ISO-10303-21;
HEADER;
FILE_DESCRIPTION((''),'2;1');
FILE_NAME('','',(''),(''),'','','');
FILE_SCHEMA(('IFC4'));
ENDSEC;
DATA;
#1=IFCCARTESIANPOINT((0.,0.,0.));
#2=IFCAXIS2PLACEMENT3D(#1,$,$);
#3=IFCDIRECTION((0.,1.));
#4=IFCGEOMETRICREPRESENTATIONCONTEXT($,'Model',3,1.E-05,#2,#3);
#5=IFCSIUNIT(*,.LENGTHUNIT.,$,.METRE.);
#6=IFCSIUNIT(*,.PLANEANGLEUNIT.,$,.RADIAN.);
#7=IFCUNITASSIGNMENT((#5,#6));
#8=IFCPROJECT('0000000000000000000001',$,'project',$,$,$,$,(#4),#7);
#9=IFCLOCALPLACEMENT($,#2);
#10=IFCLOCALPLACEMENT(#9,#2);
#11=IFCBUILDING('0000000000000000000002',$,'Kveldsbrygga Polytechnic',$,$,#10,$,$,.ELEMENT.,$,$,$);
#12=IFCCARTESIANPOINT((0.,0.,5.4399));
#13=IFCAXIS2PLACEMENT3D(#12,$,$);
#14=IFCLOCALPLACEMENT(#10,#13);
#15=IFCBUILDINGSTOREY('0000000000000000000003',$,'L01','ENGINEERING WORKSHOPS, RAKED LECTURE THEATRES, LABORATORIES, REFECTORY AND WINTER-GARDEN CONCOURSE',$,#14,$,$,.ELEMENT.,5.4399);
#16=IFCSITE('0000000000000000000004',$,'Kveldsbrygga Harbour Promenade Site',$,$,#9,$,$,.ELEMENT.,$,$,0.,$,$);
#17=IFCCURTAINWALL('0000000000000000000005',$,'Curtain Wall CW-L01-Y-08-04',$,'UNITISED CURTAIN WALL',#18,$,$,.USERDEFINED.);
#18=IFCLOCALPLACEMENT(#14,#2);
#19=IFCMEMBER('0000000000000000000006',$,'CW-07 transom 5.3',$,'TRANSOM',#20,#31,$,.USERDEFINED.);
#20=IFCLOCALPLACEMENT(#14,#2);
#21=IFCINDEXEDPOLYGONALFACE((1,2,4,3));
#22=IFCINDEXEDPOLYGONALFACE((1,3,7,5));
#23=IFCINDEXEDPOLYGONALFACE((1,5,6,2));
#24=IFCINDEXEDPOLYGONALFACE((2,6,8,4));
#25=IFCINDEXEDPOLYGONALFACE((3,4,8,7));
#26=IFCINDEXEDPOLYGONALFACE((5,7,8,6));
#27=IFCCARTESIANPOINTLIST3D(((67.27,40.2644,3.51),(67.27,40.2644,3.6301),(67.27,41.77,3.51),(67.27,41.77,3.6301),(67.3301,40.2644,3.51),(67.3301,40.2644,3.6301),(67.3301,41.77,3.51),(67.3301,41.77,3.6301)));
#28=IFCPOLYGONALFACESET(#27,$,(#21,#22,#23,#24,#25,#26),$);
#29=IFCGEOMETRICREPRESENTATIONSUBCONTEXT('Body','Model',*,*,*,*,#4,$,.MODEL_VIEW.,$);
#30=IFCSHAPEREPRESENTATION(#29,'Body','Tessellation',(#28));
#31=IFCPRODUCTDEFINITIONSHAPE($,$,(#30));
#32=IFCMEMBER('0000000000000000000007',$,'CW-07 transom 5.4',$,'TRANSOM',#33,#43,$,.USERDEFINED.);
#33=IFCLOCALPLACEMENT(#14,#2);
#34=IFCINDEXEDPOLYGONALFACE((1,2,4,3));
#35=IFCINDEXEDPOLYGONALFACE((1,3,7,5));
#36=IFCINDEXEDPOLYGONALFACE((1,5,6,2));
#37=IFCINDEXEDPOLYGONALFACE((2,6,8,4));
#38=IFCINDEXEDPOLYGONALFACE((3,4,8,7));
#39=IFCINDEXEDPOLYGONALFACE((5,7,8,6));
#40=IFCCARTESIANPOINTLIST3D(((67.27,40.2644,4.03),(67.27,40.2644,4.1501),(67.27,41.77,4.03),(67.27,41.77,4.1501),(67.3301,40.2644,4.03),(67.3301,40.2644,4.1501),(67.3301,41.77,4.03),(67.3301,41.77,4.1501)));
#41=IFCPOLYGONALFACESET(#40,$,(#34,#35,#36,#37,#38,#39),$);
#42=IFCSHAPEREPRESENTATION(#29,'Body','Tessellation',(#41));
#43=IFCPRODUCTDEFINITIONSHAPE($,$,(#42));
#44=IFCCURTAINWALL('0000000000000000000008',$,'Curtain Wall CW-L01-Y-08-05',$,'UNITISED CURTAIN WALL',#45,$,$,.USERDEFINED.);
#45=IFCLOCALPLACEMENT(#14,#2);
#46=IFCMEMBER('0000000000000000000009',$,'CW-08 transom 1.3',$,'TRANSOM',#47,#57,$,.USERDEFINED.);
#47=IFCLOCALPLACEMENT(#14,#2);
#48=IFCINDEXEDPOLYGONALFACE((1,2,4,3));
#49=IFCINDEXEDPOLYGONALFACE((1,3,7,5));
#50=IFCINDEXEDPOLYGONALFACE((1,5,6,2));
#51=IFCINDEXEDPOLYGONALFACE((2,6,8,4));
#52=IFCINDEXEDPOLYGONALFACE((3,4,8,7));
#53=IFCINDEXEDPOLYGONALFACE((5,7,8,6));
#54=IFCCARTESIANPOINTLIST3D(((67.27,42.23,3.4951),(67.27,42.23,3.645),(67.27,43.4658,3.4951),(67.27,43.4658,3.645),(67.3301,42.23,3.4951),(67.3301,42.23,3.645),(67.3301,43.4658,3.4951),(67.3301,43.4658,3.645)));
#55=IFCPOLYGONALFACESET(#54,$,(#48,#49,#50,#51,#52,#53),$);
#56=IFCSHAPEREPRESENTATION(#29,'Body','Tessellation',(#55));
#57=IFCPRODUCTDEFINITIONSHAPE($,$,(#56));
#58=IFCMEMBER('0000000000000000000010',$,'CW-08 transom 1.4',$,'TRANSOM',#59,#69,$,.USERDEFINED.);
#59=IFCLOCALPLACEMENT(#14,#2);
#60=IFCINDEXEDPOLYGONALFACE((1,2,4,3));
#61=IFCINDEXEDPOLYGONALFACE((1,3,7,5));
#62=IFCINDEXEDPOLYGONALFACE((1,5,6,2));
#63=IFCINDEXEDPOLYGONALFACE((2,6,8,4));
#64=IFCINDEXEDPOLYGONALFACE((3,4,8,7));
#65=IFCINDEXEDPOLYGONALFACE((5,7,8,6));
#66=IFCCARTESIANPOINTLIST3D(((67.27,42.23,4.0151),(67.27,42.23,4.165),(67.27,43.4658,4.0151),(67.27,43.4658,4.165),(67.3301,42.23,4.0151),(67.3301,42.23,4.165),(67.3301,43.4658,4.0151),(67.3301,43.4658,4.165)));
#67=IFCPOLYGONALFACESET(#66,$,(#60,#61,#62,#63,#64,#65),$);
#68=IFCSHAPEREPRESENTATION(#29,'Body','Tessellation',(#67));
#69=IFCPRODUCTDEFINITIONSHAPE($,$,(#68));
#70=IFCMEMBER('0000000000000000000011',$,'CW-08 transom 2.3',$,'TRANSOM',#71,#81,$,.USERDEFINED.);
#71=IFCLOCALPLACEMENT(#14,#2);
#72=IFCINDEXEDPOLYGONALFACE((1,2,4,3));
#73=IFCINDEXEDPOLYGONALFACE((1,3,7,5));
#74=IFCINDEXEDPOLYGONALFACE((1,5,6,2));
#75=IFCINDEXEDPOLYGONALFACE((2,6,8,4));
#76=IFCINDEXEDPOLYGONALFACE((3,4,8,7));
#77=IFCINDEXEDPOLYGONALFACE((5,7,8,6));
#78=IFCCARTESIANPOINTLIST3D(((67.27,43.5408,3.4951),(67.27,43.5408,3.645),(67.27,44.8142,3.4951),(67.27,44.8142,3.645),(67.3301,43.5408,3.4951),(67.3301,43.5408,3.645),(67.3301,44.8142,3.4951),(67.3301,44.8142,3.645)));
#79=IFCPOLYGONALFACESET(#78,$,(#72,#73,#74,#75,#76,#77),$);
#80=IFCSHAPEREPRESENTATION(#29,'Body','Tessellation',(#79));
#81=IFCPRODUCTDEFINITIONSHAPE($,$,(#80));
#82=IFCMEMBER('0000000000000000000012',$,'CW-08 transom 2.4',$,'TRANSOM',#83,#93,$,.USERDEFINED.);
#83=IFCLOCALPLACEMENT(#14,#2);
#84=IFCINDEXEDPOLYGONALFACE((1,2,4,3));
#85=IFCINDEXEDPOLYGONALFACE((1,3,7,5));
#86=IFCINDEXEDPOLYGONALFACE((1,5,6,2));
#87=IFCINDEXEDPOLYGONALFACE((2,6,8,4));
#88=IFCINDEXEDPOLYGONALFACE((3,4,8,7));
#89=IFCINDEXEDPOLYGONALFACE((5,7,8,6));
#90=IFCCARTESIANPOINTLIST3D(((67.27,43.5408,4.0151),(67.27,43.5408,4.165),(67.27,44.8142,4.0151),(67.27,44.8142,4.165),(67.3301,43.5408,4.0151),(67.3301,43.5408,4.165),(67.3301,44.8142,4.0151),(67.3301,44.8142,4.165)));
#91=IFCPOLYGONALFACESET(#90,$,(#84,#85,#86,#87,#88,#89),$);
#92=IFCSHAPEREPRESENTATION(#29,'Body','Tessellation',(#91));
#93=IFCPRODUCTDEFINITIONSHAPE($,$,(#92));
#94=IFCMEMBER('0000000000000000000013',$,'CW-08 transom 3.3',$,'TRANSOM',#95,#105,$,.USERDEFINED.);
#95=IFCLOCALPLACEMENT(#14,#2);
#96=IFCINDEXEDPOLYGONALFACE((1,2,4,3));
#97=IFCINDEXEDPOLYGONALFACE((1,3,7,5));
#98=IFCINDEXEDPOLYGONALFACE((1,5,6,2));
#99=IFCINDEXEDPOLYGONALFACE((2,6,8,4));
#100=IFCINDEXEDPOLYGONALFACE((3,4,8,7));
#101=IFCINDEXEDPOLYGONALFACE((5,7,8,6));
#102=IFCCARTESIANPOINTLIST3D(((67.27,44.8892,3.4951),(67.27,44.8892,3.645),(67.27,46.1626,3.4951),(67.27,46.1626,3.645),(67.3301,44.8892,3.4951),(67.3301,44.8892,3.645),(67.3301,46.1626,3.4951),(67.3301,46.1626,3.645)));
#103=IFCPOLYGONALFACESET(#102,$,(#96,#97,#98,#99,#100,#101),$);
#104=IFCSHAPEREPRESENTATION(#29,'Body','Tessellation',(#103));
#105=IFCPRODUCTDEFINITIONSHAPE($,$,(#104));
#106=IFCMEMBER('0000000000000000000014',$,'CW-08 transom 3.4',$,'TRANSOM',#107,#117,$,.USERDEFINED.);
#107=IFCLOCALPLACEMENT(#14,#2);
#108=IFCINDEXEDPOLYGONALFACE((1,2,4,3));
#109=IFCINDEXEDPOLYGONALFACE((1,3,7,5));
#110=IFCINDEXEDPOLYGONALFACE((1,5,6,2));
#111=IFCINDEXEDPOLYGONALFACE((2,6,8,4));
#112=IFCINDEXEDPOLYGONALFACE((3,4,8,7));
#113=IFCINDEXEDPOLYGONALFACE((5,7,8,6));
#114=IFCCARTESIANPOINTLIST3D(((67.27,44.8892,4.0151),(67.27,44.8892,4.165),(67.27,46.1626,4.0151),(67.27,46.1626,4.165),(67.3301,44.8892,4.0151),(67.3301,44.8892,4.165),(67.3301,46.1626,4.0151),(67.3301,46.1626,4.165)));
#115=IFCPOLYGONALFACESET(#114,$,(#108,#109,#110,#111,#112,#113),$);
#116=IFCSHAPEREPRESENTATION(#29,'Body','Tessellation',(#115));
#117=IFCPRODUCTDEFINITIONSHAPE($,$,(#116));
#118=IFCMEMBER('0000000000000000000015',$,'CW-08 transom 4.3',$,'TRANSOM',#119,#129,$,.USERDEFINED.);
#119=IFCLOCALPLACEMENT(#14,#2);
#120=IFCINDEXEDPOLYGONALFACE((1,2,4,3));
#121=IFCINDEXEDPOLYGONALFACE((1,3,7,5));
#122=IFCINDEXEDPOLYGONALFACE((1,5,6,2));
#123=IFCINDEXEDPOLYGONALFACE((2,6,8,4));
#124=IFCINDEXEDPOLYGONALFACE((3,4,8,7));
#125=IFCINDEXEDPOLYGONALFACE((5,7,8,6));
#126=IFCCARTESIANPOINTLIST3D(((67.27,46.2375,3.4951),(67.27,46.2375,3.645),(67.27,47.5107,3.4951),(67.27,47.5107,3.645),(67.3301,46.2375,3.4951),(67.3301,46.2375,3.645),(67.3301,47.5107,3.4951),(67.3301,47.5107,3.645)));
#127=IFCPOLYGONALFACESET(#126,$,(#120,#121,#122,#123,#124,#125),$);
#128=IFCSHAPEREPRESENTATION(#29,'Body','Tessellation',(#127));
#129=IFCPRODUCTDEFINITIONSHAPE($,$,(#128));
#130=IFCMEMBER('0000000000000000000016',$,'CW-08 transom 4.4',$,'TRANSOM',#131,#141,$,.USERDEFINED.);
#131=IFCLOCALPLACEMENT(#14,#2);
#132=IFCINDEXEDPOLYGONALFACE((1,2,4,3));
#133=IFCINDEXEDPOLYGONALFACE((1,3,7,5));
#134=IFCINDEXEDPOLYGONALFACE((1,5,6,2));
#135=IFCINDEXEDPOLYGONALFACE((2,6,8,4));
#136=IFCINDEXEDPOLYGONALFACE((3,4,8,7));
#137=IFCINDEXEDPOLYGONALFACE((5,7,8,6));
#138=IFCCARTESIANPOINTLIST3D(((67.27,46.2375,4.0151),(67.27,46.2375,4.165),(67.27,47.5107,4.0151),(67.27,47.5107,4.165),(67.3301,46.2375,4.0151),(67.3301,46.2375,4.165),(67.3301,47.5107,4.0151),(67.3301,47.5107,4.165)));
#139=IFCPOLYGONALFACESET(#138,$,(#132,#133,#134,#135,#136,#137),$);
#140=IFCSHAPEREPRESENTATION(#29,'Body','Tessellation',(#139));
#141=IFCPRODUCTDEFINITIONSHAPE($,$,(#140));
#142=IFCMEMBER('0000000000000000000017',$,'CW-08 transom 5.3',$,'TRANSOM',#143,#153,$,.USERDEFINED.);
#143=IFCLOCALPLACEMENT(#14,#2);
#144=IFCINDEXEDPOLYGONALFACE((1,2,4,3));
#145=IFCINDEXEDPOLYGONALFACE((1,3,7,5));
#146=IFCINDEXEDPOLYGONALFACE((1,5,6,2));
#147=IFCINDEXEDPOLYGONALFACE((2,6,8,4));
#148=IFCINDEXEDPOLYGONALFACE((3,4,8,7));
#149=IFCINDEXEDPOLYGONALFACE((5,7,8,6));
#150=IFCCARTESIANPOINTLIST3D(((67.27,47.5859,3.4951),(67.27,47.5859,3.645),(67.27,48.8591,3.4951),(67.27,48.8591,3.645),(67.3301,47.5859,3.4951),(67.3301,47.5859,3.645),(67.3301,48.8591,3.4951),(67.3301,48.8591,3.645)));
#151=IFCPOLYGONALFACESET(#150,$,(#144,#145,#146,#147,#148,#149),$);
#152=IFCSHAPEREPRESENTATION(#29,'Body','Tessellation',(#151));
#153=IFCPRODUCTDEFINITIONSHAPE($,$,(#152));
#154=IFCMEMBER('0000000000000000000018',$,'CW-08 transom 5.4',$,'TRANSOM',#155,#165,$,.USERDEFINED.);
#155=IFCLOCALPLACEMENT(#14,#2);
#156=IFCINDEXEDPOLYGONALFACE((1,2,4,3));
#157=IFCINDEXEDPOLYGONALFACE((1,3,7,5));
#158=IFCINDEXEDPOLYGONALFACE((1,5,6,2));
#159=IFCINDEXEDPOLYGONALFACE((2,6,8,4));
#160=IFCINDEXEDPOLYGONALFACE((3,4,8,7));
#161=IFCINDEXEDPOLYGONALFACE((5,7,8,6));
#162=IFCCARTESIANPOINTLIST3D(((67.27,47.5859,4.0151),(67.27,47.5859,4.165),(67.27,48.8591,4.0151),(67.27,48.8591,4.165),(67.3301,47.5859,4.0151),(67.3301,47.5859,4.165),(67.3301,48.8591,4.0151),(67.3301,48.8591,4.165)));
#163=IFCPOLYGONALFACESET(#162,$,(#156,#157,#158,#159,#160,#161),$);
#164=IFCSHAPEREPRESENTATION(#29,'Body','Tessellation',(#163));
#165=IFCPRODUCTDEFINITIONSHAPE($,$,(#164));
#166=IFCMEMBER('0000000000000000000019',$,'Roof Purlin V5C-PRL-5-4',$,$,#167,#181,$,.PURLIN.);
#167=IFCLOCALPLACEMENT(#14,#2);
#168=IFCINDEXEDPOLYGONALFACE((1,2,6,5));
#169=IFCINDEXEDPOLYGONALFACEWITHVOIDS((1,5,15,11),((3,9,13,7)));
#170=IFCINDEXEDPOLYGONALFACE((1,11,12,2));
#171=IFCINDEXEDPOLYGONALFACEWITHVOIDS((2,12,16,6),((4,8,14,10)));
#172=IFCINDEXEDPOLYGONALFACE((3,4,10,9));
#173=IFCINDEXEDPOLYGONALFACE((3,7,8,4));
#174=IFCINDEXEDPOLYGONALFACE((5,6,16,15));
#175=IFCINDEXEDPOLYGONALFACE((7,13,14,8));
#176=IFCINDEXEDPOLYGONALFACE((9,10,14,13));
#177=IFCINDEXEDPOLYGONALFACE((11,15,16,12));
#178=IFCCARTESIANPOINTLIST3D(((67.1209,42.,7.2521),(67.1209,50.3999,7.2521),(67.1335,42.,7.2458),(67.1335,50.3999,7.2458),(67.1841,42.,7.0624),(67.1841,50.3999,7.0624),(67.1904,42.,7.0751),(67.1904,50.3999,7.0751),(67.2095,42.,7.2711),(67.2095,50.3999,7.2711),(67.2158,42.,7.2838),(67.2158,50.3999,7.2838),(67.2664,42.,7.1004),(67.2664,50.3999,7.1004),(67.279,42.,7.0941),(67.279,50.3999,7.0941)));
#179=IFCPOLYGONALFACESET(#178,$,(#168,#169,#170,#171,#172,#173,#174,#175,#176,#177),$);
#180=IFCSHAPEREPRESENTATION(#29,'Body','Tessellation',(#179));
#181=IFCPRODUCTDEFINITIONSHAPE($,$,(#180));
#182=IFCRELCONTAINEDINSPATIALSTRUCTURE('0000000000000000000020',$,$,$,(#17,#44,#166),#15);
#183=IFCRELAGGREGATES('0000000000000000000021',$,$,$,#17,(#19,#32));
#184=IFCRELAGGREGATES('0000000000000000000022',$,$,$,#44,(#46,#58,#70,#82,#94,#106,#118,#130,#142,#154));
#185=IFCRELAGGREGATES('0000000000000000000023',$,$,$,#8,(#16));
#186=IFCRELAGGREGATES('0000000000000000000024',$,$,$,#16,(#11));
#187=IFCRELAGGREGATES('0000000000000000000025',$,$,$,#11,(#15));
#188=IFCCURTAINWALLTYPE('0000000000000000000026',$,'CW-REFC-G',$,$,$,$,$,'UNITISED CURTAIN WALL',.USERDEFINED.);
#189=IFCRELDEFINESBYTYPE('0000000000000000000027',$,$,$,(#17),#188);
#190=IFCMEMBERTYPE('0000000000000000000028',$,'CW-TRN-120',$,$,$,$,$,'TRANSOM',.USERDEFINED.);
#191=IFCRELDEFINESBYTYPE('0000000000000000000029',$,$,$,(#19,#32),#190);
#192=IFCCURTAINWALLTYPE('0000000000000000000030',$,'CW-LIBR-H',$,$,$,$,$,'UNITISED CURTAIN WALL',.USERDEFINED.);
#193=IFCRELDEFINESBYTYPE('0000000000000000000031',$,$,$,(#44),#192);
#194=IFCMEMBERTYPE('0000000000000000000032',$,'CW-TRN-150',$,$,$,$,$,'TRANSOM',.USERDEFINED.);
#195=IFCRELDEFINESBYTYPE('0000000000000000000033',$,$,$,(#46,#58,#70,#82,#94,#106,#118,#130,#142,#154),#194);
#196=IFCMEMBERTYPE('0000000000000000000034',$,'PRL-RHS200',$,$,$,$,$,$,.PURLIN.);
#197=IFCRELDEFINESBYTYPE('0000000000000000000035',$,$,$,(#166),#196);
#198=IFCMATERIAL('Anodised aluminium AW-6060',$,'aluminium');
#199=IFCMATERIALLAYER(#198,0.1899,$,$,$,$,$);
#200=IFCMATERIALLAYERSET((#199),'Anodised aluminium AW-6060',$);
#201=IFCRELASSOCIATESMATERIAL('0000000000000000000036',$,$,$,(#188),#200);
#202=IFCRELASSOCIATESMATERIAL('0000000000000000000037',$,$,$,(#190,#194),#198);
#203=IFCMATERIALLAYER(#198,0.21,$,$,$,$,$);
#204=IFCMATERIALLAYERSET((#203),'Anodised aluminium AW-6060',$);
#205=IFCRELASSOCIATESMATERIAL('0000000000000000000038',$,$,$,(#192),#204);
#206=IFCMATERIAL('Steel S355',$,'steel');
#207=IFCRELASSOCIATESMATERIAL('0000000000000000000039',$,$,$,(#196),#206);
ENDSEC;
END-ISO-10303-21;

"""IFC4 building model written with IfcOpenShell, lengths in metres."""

from ifc_helpers import new_model, si_unit, direction, frame, origin, origin_2d, place, context, subcontext, project, spatial, rectangle, hollow_rectangle, extrude, material, layer, layer_set, material_profile, profile_set, type_object, element, aggregate, save


model = new_model("IFC4")

# Units and contexts
model_context = context("Model", 3, precision=1e-05, world=origin(), true_north=direction((0.0, 1.0)))
body_context = subcontext(model_context, "Body", "Model", "MODEL_VIEW")
ifc_project = project(units=[si_unit("LENGTHUNIT", "METRE"), si_unit("PLANEANGLEUNIT", "RADIAN")], contexts=[model_context])

# Site, building, storey
site_placement = place(None, origin())
site = spatial("IfcSite", under=ifc_project, at=site_placement, Name="Kveldsbrygga Harbour Promenade Site", CompositionType="ELEMENT", RefElevation=0.0)
building_placement = place(site_placement, origin())
building = spatial("IfcBuilding", under=site, at=building_placement, Name="Kveldsbrygga Polytechnic", CompositionType="ELEMENT")
storey_placement = place(building_placement, frame((0.0, 0.0, 5.4399)))
storey = spatial("IfcBuildingStorey", under=building, at=storey_placement, Name="L01", Description="ENGINEERING WORKSHOPS, RAKED LECTURE THEATRES, LABORATORIES, REFECTORY AND WINTER-GARDEN CONCOURSE", CompositionType="ELEMENT", Elevation=5.4399)

# Curtain walls, members
ifc_material_1 = material(Name="Anodised aluminium AW-6060", Category="aluminium")
ifc_layer_1 = layer(ifc_material_1, 0.1899)
ifc_layer_set_1 = layer_set([ifc_layer_1], Name="Anodised aluminium AW-6060")
curtain_wall_type_1 = type_object("IfcCurtainWallType", Name="CW-REFC-G", ElementType="UNITISED CURTAIN WALL", PredefinedType="USERDEFINED", material=ifc_layer_set_1)
curtain_wall_1_placement = place(storey_placement, origin())
curtain_wall_1 = element("IfcCurtainWall", 1, at=curtain_wall_1_placement, inside=storey, type_object=curtain_wall_type_1, Name="Curtain Wall CW-L01-Y-08-04", ObjectType="UNITISED CURTAIN WALL", PredefinedType="USERDEFINED")
ifc_material_profile_1 = material_profile(ifc_material_1, rectangle(XDim=0.0601, YDim=0.1201, at=origin_2d()), Name="ALU 60x120")
ifc_profile_set_1 = profile_set([ifc_material_profile_1], Name="Anodised aluminium AW-6060")
member_type_1 = type_object("IfcMemberType", Name="CW-TRN-120", ElementType="TRANSOM", PredefinedType="USERDEFINED", material=ifc_profile_set_1)
member_1_placement = place(storey_placement, frame((67.3, 40.2644, 3.5701), z_axis=(0.0, 1.0, 0.0), x_axis=(-1.0, 0.0, 0.0)))
member_1 = element("IfcMember", 2, at=member_1_placement, type_object=member_type_1, Name="CW-07 transom 5.3", ObjectType="TRANSOM", PredefinedType="USERDEFINED", context=body_context, shape_type="SweptSolid", body=[
    extrude(rectangle(XDim=0.0601, YDim=0.1201, at=origin_2d()), origin(), (0.0, 0.0, 1.0), 1.5056),
])
member_2_placement = place(storey_placement, frame((67.3, 40.2644, 4.0901), z_axis=(0.0, 1.0, 0.0), x_axis=(-1.0, 0.0, 0.0)))
member_2 = element("IfcMember", 3, at=member_2_placement, type_object=member_type_1, Name="CW-07 transom 5.4", ObjectType="TRANSOM", PredefinedType="USERDEFINED", context=body_context, shape_type="SweptSolid", body=[
    extrude(rectangle(XDim=0.0601, YDim=0.1201, at=origin_2d()), origin(), (0.0, 0.0, 1.0), 1.5056),
])
ifc_layer_2 = layer(ifc_material_1, 0.21)
ifc_layer_set_2 = layer_set([ifc_layer_2], Name="Anodised aluminium AW-6060")
curtain_wall_type_2 = type_object("IfcCurtainWallType", Name="CW-LIBR-H", ElementType="UNITISED CURTAIN WALL", PredefinedType="USERDEFINED", material=ifc_layer_set_2)
curtain_wall_2_placement = place(storey_placement, origin())
curtain_wall_2 = element("IfcCurtainWall", 4, at=curtain_wall_2_placement, inside=storey, type_object=curtain_wall_type_2, Name="Curtain Wall CW-L01-Y-08-05", ObjectType="UNITISED CURTAIN WALL", PredefinedType="USERDEFINED")
ifc_material_profile_2 = material_profile(ifc_material_1, rectangle(XDim=0.0601, YDim=0.1499, at=origin_2d()), Name="ALU 60x150")
ifc_profile_set_2 = profile_set([ifc_material_profile_2], Name="Anodised aluminium AW-6060")
member_type_2 = type_object("IfcMemberType", Name="CW-TRN-150", ElementType="TRANSOM", PredefinedType="USERDEFINED", material=ifc_profile_set_2)
member_3_placement = place(storey_placement, frame((67.3, 42.23, 3.5701), z_axis=(0.0, 1.0, 0.0), x_axis=(-1.0, 0.0, 0.0)))
member_3 = element("IfcMember", 5, at=member_3_placement, type_object=member_type_2, Name="CW-08 transom 1.3", ObjectType="TRANSOM", PredefinedType="USERDEFINED", context=body_context, shape_type="SweptSolid", body=[
    extrude(rectangle(XDim=0.0601, YDim=0.1499, at=origin_2d()), origin(), (0.0, 0.0, 1.0), 1.2358),
])
member_4_placement = place(storey_placement, frame((67.3, 42.23, 4.0901), z_axis=(0.0, 1.0, 0.0), x_axis=(-1.0, 0.0, 0.0)))
member_4 = element("IfcMember", 6, at=member_4_placement, type_object=member_type_2, Name="CW-08 transom 1.4", ObjectType="TRANSOM", PredefinedType="USERDEFINED", context=body_context, shape_type="SweptSolid", body=[
    extrude(rectangle(XDim=0.0601, YDim=0.1499, at=origin_2d()), origin(), (0.0, 0.0, 1.0), 1.2358),
])
member_5_placement = place(storey_placement, frame((67.3, 43.5408, 3.5701), z_axis=(0.0, 1.0, 0.0), x_axis=(-1.0, 0.0, 0.0)))
member_5 = element("IfcMember", 7, at=member_5_placement, type_object=member_type_2, Name="CW-08 transom 2.3", ObjectType="TRANSOM", PredefinedType="USERDEFINED", context=body_context, shape_type="SweptSolid", body=[
    extrude(rectangle(XDim=0.0601, YDim=0.1499, at=origin_2d()), origin(), (0.0, 0.0, 1.0), 1.2734),
])
member_6_placement = place(storey_placement, frame((67.3, 43.5408, 4.0901), z_axis=(0.0, 1.0, 0.0), x_axis=(-1.0, 0.0, 0.0)))
member_6 = element("IfcMember", 8, at=member_6_placement, type_object=member_type_2, Name="CW-08 transom 2.4", ObjectType="TRANSOM", PredefinedType="USERDEFINED", context=body_context, shape_type="SweptSolid", body=[
    extrude(rectangle(XDim=0.0601, YDim=0.1499, at=origin_2d()), origin(), (0.0, 0.0, 1.0), 1.2734),
])
member_7_placement = place(storey_placement, frame((67.3, 44.8892, 3.5701), z_axis=(0.0, 1.0, 0.0), x_axis=(-1.0, 0.0, 0.0)))
member_7 = element("IfcMember", 9, at=member_7_placement, type_object=member_type_2, Name="CW-08 transom 3.3", ObjectType="TRANSOM", PredefinedType="USERDEFINED", context=body_context, shape_type="SweptSolid", body=[
    extrude(rectangle(XDim=0.0601, YDim=0.1499, at=origin_2d()), origin(), (0.0, 0.0, 1.0), 1.2734),
])
member_8_placement = place(storey_placement, frame((67.3, 44.8892, 4.0901), z_axis=(0.0, 1.0, 0.0), x_axis=(-1.0, 0.0, 0.0)))
member_8 = element("IfcMember", 10, at=member_8_placement, type_object=member_type_2, Name="CW-08 transom 3.4", ObjectType="TRANSOM", PredefinedType="USERDEFINED", context=body_context, shape_type="SweptSolid", body=[
    extrude(rectangle(XDim=0.0601, YDim=0.1499, at=origin_2d()), origin(), (0.0, 0.0, 1.0), 1.2734),
])
member_9_placement = place(storey_placement, frame((67.3, 46.2375, 3.5701), z_axis=(0.0, 1.0, 0.0), x_axis=(-1.0, 0.0, 0.0)))
member_9 = element("IfcMember", 11, at=member_9_placement, type_object=member_type_2, Name="CW-08 transom 4.3", ObjectType="TRANSOM", PredefinedType="USERDEFINED", context=body_context, shape_type="SweptSolid", body=[
    extrude(rectangle(XDim=0.0601, YDim=0.1499, at=origin_2d()), origin(), (0.0, 0.0, 1.0), 1.2732),
])
member_10_placement = place(storey_placement, frame((67.3, 46.2375, 4.0901), z_axis=(0.0, 1.0, 0.0), x_axis=(-1.0, 0.0, 0.0)))
member_10 = element("IfcMember", 12, at=member_10_placement, type_object=member_type_2, Name="CW-08 transom 4.4", ObjectType="TRANSOM", PredefinedType="USERDEFINED", context=body_context, shape_type="SweptSolid", body=[
    extrude(rectangle(XDim=0.0601, YDim=0.1499, at=origin_2d()), origin(), (0.0, 0.0, 1.0), 1.2732),
])
member_11_placement = place(storey_placement, frame((67.3, 47.5859, 3.5701), z_axis=(0.0, 1.0, 0.0), x_axis=(-1.0, 0.0, 0.0)))
member_11 = element("IfcMember", 13, at=member_11_placement, type_object=member_type_2, Name="CW-08 transom 5.3", ObjectType="TRANSOM", PredefinedType="USERDEFINED", context=body_context, shape_type="SweptSolid", body=[
    extrude(rectangle(XDim=0.0601, YDim=0.1499, at=origin_2d()), origin(), (0.0, 0.0, 1.0), 1.2732),
])
member_12_placement = place(storey_placement, frame((67.3, 47.5859, 4.0901), z_axis=(0.0, 1.0, 0.0), x_axis=(-1.0, 0.0, 0.0)))
member_12 = element("IfcMember", 14, at=member_12_placement, type_object=member_type_2, Name="CW-08 transom 5.4", ObjectType="TRANSOM", PredefinedType="USERDEFINED", context=body_context, shape_type="SweptSolid", body=[
    extrude(rectangle(XDim=0.0601, YDim=0.1499, at=origin_2d()), origin(), (0.0, 0.0, 1.0), 1.2732),
])

# Member
ifc_material_2 = material(Name="Steel S355", Category="steel")
ifc_material_profile_3 = material_profile(ifc_material_2, hollow_rectangle(XDim=0.1001, YDim=0.2, WallThickness=0.01, at=origin_2d()), Name="RHS 200x100x10.0")
ifc_profile_set_3 = profile_set([ifc_material_profile_3], Name="Steel S355")
member_type_3 = type_object("IfcMemberType", Name="PRL-RHS200", PredefinedType="PURLIN", material=ifc_profile_set_3)
member_13_placement = place(storey_placement, frame((67.2, 42.0, 7.1731), z_axis=(0.0, 1.0, 0.0), x_axis=(-0.948684, 0.0, -0.316227)))
element("IfcMember", 15, at=member_13_placement, inside=storey, type_object=member_type_3, Name="Roof Purlin V5C-PRL-5-4", PredefinedType="PURLIN", context=body_context, shape_type="SweptSolid", body=[
    extrude(hollow_rectangle(XDim=0.1001, YDim=0.2, WallThickness=0.01, at=origin_2d()), origin(), (0.0, 0.0, 1.0), 8.3999),
])

aggregate(curtain_wall_1, [member_1, member_2])
aggregate(curtain_wall_2, [member_3, member_4, member_5, member_6, member_7, member_8, member_9, member_10, member_11, member_12])

save(model, "model.ifc")
